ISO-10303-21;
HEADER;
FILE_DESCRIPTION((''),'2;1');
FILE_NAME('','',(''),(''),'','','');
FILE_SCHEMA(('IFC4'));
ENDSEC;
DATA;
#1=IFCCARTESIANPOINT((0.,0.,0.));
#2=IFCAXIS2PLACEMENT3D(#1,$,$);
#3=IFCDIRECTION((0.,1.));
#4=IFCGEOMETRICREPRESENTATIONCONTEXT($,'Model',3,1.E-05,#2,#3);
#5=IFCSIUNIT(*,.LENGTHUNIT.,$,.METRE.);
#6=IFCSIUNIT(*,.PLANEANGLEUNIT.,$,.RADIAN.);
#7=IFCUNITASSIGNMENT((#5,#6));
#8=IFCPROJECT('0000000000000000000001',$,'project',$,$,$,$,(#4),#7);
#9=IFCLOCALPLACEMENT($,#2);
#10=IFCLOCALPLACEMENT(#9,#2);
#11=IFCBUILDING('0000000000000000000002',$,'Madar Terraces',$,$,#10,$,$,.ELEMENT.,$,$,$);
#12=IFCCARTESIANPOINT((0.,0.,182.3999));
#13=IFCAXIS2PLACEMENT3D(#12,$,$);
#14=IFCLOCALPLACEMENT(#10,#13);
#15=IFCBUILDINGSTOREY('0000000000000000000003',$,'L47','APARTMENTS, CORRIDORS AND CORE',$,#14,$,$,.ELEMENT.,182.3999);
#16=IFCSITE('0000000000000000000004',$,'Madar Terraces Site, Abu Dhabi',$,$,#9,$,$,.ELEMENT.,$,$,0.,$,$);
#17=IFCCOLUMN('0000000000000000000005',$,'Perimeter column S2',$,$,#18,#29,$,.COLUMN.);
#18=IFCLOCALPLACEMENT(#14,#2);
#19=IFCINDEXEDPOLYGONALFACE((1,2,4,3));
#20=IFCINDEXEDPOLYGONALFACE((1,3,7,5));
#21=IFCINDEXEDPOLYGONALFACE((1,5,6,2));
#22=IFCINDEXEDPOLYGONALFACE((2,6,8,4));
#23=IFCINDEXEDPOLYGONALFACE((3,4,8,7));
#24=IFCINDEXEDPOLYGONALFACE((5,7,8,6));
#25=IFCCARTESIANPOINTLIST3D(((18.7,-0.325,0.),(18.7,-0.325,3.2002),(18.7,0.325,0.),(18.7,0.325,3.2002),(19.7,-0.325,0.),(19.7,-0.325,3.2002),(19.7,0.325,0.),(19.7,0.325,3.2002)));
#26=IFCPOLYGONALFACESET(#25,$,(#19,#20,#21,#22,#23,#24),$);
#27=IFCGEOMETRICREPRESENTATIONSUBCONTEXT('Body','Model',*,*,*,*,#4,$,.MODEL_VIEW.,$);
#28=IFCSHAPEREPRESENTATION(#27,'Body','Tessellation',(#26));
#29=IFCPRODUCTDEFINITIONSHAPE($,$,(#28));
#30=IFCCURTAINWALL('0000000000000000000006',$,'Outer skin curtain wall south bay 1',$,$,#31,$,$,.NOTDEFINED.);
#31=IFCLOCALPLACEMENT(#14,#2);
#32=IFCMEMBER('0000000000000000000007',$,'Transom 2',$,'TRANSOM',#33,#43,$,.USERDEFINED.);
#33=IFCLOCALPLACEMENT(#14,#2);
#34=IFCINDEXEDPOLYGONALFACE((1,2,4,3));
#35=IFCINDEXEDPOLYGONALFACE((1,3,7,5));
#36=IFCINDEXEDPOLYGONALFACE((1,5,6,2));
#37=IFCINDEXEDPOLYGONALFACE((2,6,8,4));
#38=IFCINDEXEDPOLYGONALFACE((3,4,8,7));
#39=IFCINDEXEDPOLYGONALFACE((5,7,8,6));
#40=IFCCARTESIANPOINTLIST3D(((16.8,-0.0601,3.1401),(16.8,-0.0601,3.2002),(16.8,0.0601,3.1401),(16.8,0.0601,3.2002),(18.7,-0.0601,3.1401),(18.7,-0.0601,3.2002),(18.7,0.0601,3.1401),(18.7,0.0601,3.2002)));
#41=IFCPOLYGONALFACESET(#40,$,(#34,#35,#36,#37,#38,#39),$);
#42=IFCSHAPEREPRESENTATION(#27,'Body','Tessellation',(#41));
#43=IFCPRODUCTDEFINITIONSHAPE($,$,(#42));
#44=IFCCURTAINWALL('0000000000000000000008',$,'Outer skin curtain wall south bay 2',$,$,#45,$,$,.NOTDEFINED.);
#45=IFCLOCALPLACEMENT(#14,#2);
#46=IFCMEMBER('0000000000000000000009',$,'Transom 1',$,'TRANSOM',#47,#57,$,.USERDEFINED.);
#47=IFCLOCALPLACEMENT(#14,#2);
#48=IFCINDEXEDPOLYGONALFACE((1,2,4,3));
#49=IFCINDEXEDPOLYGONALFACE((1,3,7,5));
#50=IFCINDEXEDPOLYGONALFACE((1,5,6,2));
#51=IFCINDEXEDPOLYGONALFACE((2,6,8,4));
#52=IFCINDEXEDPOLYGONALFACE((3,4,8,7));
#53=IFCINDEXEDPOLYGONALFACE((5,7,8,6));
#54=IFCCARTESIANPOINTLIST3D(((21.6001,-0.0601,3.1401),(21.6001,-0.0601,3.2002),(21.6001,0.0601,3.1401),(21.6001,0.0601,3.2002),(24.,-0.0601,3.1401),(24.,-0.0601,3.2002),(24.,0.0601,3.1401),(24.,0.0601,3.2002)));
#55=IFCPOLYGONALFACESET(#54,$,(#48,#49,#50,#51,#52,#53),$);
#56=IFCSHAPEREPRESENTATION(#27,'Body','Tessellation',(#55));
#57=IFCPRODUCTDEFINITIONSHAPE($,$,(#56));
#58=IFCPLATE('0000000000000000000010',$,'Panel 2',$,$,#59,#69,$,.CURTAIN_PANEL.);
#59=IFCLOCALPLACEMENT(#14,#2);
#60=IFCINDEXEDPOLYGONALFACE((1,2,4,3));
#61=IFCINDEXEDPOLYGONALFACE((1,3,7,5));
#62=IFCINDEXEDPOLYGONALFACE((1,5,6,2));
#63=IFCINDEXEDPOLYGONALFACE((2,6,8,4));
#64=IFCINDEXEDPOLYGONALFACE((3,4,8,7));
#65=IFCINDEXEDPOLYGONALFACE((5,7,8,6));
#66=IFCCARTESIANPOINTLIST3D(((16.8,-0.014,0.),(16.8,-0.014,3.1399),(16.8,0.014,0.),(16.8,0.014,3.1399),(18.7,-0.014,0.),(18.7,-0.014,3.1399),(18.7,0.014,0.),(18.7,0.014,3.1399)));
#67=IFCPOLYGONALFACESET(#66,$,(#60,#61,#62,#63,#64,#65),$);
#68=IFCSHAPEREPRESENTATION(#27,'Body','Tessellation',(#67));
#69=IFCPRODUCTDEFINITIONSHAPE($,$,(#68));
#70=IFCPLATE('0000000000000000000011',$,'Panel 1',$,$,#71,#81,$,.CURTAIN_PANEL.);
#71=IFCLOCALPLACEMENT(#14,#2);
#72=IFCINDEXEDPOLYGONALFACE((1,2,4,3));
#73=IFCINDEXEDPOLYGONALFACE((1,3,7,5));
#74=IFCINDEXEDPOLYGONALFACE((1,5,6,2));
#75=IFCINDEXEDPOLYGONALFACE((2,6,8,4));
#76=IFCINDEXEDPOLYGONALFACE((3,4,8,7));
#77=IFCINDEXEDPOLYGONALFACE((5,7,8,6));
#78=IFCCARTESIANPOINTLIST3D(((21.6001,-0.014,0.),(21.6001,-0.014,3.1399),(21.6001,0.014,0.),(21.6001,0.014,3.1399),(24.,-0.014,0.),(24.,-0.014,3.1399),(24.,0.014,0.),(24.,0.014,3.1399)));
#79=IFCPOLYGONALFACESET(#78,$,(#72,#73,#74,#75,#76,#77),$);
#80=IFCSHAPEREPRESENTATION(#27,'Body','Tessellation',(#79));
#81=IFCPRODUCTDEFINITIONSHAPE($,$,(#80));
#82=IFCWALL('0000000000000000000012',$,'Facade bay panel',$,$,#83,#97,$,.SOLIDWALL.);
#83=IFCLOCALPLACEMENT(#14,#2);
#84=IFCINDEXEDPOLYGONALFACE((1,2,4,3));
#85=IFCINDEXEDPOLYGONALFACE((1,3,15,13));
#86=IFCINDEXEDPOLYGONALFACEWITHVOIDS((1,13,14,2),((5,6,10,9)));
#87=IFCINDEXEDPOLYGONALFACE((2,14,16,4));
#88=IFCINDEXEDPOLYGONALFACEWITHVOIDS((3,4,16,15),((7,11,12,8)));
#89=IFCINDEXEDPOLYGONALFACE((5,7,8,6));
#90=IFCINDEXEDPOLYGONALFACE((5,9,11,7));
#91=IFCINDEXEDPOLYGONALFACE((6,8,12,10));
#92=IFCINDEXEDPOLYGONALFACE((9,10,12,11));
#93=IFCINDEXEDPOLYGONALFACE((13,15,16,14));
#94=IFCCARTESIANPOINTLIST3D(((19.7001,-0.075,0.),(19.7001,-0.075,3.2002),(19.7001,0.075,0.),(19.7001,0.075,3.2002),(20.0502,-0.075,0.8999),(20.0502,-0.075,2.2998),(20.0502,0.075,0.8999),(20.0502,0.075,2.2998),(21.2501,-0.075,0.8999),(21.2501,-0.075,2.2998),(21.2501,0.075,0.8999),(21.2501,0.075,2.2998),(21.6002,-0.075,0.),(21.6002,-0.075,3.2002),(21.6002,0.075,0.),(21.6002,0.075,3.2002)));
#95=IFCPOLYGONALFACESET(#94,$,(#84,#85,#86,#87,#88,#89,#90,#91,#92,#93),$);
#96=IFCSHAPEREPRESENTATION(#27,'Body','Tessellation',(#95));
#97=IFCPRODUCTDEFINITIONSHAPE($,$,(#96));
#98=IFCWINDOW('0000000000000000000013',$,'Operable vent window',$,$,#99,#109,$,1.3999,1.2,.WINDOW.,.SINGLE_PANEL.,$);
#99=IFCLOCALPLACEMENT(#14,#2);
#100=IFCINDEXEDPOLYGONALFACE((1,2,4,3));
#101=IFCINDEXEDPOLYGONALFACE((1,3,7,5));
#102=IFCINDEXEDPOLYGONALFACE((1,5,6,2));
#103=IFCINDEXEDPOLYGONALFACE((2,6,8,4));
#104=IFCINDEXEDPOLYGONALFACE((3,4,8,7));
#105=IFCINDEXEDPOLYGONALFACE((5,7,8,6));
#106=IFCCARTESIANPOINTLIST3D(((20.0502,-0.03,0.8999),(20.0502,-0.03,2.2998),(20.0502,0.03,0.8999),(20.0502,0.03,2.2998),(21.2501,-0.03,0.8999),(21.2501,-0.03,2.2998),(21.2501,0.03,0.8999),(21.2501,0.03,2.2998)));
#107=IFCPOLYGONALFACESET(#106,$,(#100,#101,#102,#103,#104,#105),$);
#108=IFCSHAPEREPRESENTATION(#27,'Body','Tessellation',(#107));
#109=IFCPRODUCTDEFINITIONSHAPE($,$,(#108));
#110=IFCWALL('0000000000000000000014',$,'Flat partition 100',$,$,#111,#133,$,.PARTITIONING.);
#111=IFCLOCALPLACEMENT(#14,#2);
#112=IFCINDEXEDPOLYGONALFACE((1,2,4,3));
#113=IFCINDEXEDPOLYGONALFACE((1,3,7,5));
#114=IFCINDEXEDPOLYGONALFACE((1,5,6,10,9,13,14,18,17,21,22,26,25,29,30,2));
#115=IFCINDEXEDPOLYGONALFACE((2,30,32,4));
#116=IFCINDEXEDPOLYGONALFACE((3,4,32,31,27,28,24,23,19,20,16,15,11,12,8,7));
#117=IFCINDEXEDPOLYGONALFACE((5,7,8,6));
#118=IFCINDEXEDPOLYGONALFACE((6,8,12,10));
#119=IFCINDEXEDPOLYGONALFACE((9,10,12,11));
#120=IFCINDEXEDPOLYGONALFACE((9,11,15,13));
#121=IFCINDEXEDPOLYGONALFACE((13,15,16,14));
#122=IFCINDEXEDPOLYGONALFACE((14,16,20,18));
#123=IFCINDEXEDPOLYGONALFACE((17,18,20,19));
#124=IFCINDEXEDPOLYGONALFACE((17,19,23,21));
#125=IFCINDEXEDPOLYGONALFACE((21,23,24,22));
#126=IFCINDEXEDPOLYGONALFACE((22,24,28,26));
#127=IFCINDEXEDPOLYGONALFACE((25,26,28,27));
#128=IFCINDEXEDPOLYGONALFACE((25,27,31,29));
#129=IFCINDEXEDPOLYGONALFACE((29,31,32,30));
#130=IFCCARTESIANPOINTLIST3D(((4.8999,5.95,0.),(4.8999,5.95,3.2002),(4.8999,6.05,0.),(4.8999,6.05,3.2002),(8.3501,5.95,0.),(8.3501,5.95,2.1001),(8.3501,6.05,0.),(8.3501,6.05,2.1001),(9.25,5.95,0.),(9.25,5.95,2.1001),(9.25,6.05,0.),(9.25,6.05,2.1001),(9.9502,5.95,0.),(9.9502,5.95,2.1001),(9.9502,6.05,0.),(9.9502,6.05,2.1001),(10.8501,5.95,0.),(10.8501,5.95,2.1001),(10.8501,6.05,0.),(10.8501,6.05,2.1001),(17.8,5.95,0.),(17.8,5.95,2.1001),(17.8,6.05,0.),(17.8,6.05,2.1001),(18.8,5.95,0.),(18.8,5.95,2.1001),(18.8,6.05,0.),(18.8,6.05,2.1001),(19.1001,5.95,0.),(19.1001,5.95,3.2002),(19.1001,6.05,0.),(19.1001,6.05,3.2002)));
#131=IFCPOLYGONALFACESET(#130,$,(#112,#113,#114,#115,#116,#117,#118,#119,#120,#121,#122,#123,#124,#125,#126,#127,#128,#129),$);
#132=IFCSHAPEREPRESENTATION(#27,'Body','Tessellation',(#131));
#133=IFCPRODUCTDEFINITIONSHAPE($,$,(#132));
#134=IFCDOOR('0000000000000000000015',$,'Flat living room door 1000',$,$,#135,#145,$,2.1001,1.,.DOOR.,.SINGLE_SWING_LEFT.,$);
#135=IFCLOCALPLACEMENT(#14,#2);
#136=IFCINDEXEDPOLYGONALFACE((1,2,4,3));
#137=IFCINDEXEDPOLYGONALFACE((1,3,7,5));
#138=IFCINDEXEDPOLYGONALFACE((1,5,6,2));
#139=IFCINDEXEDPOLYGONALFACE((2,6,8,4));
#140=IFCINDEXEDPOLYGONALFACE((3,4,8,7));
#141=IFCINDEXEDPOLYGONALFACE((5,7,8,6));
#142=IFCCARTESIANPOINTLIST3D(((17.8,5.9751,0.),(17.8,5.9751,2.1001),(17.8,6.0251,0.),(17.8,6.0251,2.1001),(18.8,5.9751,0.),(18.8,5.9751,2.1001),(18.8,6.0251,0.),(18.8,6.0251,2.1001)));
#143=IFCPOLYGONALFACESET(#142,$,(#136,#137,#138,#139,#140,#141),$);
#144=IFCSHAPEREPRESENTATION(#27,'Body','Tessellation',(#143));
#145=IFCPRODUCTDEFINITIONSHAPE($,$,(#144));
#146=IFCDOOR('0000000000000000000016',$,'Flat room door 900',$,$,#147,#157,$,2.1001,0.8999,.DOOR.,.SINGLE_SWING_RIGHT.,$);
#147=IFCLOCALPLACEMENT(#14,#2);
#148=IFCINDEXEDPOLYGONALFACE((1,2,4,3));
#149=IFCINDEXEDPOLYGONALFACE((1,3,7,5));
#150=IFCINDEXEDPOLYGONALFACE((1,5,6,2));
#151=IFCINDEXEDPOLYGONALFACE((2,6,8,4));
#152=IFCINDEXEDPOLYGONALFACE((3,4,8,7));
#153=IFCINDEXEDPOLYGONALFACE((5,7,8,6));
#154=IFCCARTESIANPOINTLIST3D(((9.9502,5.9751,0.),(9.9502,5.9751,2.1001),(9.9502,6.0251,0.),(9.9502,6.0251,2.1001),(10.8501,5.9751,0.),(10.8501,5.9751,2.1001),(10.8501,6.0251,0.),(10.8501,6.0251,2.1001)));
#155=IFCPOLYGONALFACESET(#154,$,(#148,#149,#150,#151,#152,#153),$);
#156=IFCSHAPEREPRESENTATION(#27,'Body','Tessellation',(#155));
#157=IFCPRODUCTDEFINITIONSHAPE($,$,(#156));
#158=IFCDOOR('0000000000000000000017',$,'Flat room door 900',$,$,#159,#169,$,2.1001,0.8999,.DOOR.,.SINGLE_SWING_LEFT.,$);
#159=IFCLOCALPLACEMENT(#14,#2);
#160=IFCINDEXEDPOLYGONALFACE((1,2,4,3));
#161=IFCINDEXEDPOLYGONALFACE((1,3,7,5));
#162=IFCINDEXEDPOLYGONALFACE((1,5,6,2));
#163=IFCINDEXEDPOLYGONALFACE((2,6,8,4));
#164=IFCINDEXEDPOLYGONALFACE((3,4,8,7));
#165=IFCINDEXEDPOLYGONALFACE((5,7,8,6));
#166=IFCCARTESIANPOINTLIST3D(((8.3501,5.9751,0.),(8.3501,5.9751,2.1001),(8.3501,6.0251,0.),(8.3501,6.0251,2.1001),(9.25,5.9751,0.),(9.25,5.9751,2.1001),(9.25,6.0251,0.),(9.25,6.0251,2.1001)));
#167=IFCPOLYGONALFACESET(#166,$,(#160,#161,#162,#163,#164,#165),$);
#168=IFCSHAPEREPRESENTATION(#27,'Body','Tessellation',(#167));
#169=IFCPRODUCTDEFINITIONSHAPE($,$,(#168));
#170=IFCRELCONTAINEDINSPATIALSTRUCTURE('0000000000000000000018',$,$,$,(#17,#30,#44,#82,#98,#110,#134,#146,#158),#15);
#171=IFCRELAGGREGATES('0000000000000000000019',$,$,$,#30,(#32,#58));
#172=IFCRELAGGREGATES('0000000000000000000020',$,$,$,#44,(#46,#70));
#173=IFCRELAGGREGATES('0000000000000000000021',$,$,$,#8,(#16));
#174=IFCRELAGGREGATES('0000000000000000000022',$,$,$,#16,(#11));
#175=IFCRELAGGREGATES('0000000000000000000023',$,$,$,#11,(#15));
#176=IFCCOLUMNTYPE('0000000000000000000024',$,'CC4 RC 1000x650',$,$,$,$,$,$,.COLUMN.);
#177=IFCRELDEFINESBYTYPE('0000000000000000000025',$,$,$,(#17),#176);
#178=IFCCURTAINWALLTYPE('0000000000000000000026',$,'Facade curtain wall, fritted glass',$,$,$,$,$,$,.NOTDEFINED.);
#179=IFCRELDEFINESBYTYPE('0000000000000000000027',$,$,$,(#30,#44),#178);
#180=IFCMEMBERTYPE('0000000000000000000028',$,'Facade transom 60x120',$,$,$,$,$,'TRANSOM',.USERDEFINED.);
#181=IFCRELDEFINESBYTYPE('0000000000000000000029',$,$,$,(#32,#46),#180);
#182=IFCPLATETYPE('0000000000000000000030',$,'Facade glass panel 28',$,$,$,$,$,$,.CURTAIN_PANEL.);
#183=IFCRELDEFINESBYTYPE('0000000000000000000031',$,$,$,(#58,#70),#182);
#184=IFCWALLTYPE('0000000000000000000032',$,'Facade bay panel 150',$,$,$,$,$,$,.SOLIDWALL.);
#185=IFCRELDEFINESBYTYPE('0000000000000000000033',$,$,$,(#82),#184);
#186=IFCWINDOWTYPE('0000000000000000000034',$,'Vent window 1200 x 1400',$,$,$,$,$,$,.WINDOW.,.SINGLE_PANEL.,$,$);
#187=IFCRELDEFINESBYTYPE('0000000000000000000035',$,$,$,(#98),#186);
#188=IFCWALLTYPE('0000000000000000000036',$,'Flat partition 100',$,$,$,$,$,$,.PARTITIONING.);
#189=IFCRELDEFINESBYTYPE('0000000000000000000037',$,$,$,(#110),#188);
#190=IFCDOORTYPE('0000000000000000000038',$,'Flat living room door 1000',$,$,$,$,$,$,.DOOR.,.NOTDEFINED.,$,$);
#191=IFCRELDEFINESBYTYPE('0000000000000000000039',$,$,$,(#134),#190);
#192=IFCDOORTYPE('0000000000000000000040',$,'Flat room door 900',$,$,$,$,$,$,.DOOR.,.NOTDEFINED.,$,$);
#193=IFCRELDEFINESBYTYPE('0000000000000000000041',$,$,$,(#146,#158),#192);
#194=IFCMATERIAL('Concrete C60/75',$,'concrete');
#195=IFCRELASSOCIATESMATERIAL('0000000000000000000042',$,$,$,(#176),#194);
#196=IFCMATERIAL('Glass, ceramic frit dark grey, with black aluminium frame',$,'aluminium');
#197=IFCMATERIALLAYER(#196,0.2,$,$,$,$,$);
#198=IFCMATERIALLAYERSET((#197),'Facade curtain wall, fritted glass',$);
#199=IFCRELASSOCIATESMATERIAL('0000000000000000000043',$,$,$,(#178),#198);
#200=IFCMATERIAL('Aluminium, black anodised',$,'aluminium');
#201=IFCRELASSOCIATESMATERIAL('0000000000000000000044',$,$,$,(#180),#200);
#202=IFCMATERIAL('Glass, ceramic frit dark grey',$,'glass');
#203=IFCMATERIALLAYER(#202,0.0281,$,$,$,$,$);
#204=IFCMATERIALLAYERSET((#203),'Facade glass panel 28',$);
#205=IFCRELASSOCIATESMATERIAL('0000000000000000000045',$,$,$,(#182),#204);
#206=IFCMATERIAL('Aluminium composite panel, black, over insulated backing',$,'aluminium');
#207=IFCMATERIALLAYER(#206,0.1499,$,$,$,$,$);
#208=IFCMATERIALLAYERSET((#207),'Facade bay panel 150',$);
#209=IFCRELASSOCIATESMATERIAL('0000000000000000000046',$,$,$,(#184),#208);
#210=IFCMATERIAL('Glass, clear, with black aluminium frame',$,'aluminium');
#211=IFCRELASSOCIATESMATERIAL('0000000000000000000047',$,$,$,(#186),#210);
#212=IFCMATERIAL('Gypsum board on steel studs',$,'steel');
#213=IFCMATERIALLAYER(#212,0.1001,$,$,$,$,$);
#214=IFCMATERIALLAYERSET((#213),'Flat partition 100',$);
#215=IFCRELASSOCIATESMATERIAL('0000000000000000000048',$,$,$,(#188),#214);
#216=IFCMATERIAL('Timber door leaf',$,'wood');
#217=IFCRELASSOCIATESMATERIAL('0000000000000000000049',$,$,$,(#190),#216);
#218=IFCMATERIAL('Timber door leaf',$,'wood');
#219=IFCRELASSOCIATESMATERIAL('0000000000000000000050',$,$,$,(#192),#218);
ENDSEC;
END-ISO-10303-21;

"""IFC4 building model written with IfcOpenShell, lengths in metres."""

from ifc_helpers import new_model, si_unit, direction, frame, frame_2d, origin, origin_2d, place, context, subcontext, project, spatial, rectangle, extrude, material, layer, layer_set, material_profile, profile_set, type_object, element, fill, aggregate, save


model = new_model("IFC4")

# Units and contexts
model_context = context("Model", 3, precision=1e-05, world=origin(), true_north=direction((0.0, 1.0)))
body_context = subcontext(model_context, "Body", "Model", "MODEL_VIEW")
ifc_project = project(units=[si_unit("LENGTHUNIT", "METRE"), si_unit("PLANEANGLEUNIT", "RADIAN")], contexts=[model_context])

# Site, building, storey
site_placement = place(None, origin())
site = spatial("IfcSite", under=ifc_project, at=site_placement, Name="Madar Terraces Site, Abu Dhabi", CompositionType="ELEMENT", RefElevation=0.0)
building_placement = place(site_placement, origin())
building = spatial("IfcBuilding", under=site, at=building_placement, Name="Madar Terraces", CompositionType="ELEMENT")
storey_placement = place(building_placement, frame((0.0, 0.0, 182.3999)))
storey = spatial("IfcBuildingStorey", under=building, at=storey_placement, Name="L47", Description="APARTMENTS, CORRIDORS AND CORE", CompositionType="ELEMENT", Elevation=182.3999)

# Column
ifc_material_1 = material(Name="Concrete C60/75", Category="concrete")
ifc_material_profile_1 = material_profile(ifc_material_1, rectangle(XDim=1.0, YDim=0.6499, at=origin_2d()), Name="CC4 RC 1000x650")
ifc_profile_set_1 = profile_set([ifc_material_profile_1], Name="Concrete C60/75")
column_type = type_object("IfcColumnType", Name="CC4 RC 1000x650", PredefinedType="COLUMN", material=ifc_profile_set_1)
column_placement = place(storey_placement, frame((19.2, 0.0, 0.0), z_axis=(0.0, 0.0, 1.0), x_axis=(1.0, 0.0, 0.0)))
element("IfcColumn", 1, at=column_placement, inside=storey, type_object=column_type, Name="Perimeter column S2", PredefinedType="COLUMN", context=body_context, shape_type="SweptSolid", body=[
    extrude(rectangle(XDim=1.0, YDim=0.6499, at=origin_2d()), origin(), (0.0, 0.0, 1.0), 3.2002),
])

# Curtain walls, members
ifc_material_2 = material(Name="Glass, ceramic frit dark grey, with black aluminium frame", Category="aluminium")
ifc_layer_1 = layer(ifc_material_2, 0.2)
ifc_layer_set_1 = layer_set([ifc_layer_1], Name="Facade curtain wall, fritted glass")
curtain_wall_type = type_object("IfcCurtainWallType", Name="Facade curtain wall, fritted glass", PredefinedType="NOTDEFINED", material=ifc_layer_set_1)
curtain_wall_1_placement = place(storey_placement, origin())
curtain_wall_1 = element("IfcCurtainWall", 2, at=curtain_wall_1_placement, inside=storey, type_object=curtain_wall_type, Name="Outer skin curtain wall south bay 1", PredefinedType="NOTDEFINED")
ifc_material_3 = material(Name="Aluminium, black anodised", Category="aluminium")
ifc_material_profile_2 = material_profile(ifc_material_3, rectangle(XDim=0.1201, YDim=0.0601, at=origin_2d()), Name="Facade transom 60x120")
ifc_profile_set_2 = profile_set([ifc_material_profile_2], Name="Aluminium, black anodised")
member_type = type_object("IfcMemberType", Name="Facade transom 60x120", ElementType="TRANSOM", PredefinedType="USERDEFINED", material=ifc_profile_set_2)
member_1_placement = place(storey_placement, frame((16.8, 0.0, 3.1702), z_axis=(1.0, 0.0, 0.0), x_axis=(0.0, 1.0, 0.0)))
member_1 = element("IfcMember", 3, at=member_1_placement, type_object=member_type, Name="Transom 2", ObjectType="TRANSOM", PredefinedType="USERDEFINED", context=body_context, shape_type="SweptSolid", body=[
    extrude(rectangle(XDim=0.1201, YDim=0.0601, at=origin_2d()), origin(), (0.0, 0.0, 1.0), 1.8999),
])
curtain_wall_2_placement = place(storey_placement, origin())
curtain_wall_2 = element("IfcCurtainWall", 4, at=curtain_wall_2_placement, inside=storey, type_object=curtain_wall_type, Name="Outer skin curtain wall south bay 2", PredefinedType="NOTDEFINED")
member_2_placement = place(storey_placement, frame((21.6001, 0.0, 3.1702), z_axis=(1.0, 0.0, 0.0), x_axis=(0.0, 1.0, 0.0)))
member_2 = element("IfcMember", 5, at=member_2_placement, type_object=member_type, Name="Transom 1", ObjectType="TRANSOM", PredefinedType="USERDEFINED", context=body_context, shape_type="SweptSolid", body=[
    extrude(rectangle(XDim=0.1201, YDim=0.0601, at=origin_2d()), origin(), (0.0, 0.0, 1.0), 2.3999),
])

# Plates
ifc_material_4 = material(Name="Glass, ceramic frit dark grey", Category="glass")
ifc_layer_2 = layer(ifc_material_4, 0.0281)
ifc_layer_set_2 = layer_set([ifc_layer_2], Name="Facade glass panel 28")
plate_type = type_object("IfcPlateType", Name="Facade glass panel 28", PredefinedType="CURTAIN_PANEL", material=ifc_layer_set_2)
plate_1_placement = place(storey_placement, frame((17.75, 0.0, 0.0), z_axis=(0.0, 0.0, 1.0), x_axis=(1.0, 0.0, 0.0)))
plate_1 = element("IfcPlate", 6, at=plate_1_placement, type_object=plate_type, Name="Panel 2", PredefinedType="CURTAIN_PANEL", context=body_context, shape_type="SweptSolid", body=[
    extrude(rectangle(XDim=1.8999, YDim=0.0281, at=origin_2d()), origin(), (0.0, 0.0, 1.0), 3.1399),
])
aggregate(curtain_wall_1, [member_1, plate_1])
plate_2_placement = place(storey_placement, frame((22.8, 0.0, 0.0), z_axis=(0.0, 0.0, 1.0), x_axis=(1.0, 0.0, 0.0)))
plate_2 = element("IfcPlate", 7, at=plate_2_placement, type_object=plate_type, Name="Panel 1", PredefinedType="CURTAIN_PANEL", context=body_context, shape_type="SweptSolid", body=[
    extrude(rectangle(XDim=2.3999, YDim=0.0281, at=origin_2d()), origin(), (0.0, 0.0, 1.0), 3.1399),
])
aggregate(curtain_wall_2, [member_2, plate_2])

# Wall, opening, window
ifc_material_5 = material(Name="Aluminium composite panel, black, over insulated backing", Category="aluminium")
ifc_layer_3 = layer(ifc_material_5, 0.1499)
ifc_layer_set_3 = layer_set([ifc_layer_3], Name="Facade bay panel 150")
wall_type_1 = type_object("IfcWallType", Name="Facade bay panel 150", PredefinedType="SOLIDWALL", material=ifc_layer_set_3)
wall_1_placement = place(storey_placement, frame((19.7, 0.0, 0.0), z_axis=(0.0, 0.0, 1.0), x_axis=(1.0, 0.0, 0.0)))
wall_1 = element("IfcWall", 8, at=wall_1_placement, inside=storey, type_object=wall_type_1, Name="Facade bay panel", PredefinedType="SOLIDWALL", context=body_context, shape_type="SweptSolid", body=[
    extrude(rectangle(XDim=1.9001, YDim=0.1499, at=frame_2d((0.9502, 0.0))), origin(), (0.0, 0.0, 1.0), 3.2002),
])
opening_1_placement = place(wall_1_placement, frame((0.3501, 0.0, 0.8999)))
opening_1 = element("IfcOpeningElement", 9, at=opening_1_placement, cuts=wall_1, PredefinedType="OPENING", context=body_context, shape_type="SweptSolid", body=[
    extrude(rectangle(XDim=1.2, YDim=1.3999, at=frame_2d((0.6001, 0.7))), frame((0.0, 0.085, 0.0), z_axis=(0.0, -1.0, 0.0), x_axis=(1.0, 0.0, 0.0)), (0.0, 0.0, 1.0), 0.1699),
])
ifc_material_6 = material(Name="Glass, clear, with black aluminium frame", Category="aluminium")
window_type = type_object("IfcWindowType", Name="Vent window 1200 x 1400", PartitioningType="SINGLE_PANEL", PredefinedType="WINDOW", material=ifc_material_6)
window_placement = place(opening_1_placement, origin())
window = element("IfcWindow", 10, at=window_placement, inside=storey, type_object=window_type, Name="Operable vent window", OverallHeight=1.3999, OverallWidth=1.2, PartitioningType="SINGLE_PANEL", PredefinedType="WINDOW", context=body_context, shape_type="SweptSolid", body=[
    extrude(rectangle(XDim=1.2, YDim=1.3999, at=frame_2d((0.6001, 0.7))), frame((0.0, 0.03, 0.0), z_axis=(0.0, -1.0, 0.0), x_axis=(1.0, 0.0, 0.0)), (0.0, 0.0, 1.0), 0.0601),
])
fill(opening_1, window)

# Wall, openings, doors
ifc_material_7 = material(Name="Gypsum board on steel studs", Category="steel")
ifc_layer_4 = layer(ifc_material_7, 0.1001)
ifc_layer_set_4 = layer_set([ifc_layer_4], Name="Flat partition 100")
wall_type_2 = type_object("IfcWallType", Name="Flat partition 100", PredefinedType="PARTITIONING", material=ifc_layer_set_4)
wall_2_placement = place(storey_placement, frame((19.1001, 6.0, 0.0), z_axis=(0.0, 0.0, 1.0), x_axis=(-1.0, 0.0, 0.0)))
wall_2 = element("IfcWall", 11, at=wall_2_placement, inside=storey, type_object=wall_type_2, Name="Flat partition 100", PredefinedType="PARTITIONING", context=body_context, shape_type="SweptSolid", body=[
    extrude(rectangle(XDim=14.2002, YDim=0.1001, at=frame_2d((7.1001, 0.0))), origin(), (0.0, 0.0, 1.0), 3.2002),
])
opening_2_placement = place(wall_2_placement, frame((0.3, 0.0, 0.0)))
opening_2 = element("IfcOpeningElement", 12, at=opening_2_placement, cuts=wall_2, PredefinedType="OPENING", context=body_context, shape_type="SweptSolid", body=[
    extrude(rectangle(XDim=1.0, YDim=2.1001, at=frame_2d((0.5, 1.05))), frame((0.0, 0.0601, 0.0), z_axis=(0.0, -1.0, 0.0), x_axis=(1.0, 0.0, 0.0)), (0.0, 0.0, 1.0), 0.1201),
])
opening_3_placement = place(wall_2_placement, frame((8.25, 0.0, 0.0)))
opening_3 = element("IfcOpeningElement", 13, at=opening_3_placement, cuts=wall_2, PredefinedType="OPENING", context=body_context, shape_type="SweptSolid", body=[
    extrude(rectangle(XDim=0.8999, YDim=2.1001, at=frame_2d((0.45, 1.05))), frame((0.0, 0.0601, 0.0), z_axis=(0.0, -1.0, 0.0), x_axis=(1.0, 0.0, 0.0)), (0.0, 0.0, 1.0), 0.1201),
])
opening_4_placement = place(wall_2_placement, frame((9.8501, 0.0, 0.0)))
opening_4 = element("IfcOpeningElement", 14, at=opening_4_placement, cuts=wall_2, PredefinedType="OPENING", context=body_context, shape_type="SweptSolid", body=[
    extrude(rectangle(XDim=0.8999, YDim=2.1001, at=frame_2d((0.45, 1.05))), frame((0.0, 0.0601, 0.0), z_axis=(0.0, -1.0, 0.0), x_axis=(1.0, 0.0, 0.0)), (0.0, 0.0, 1.0), 0.1201),
])
ifc_material_8 = material(Name="Timber door leaf", Category="wood")
door_type_1 = type_object("IfcDoorType", Name="Flat living room door 1000", OperationType="NOTDEFINED", PredefinedType="DOOR", material=ifc_material_8)
door_1_placement = place(opening_2_placement, origin())
door_1 = element("IfcDoor", 15, at=door_1_placement, inside=storey, type_object=door_type_1, Name="Flat living room door 1000", OperationType="SINGLE_SWING_LEFT", OverallHeight=2.1001, OverallWidth=1.0, PredefinedType="DOOR", context=body_context, shape_type="SweptSolid", body=[
    extrude(rectangle(XDim=1.0, YDim=2.1001, at=frame_2d((0.5, 1.05))), frame((0.0, 0.0249, 0.0), z_axis=(0.0, -1.0, 0.0), x_axis=(1.0, 0.0, 0.0)), (0.0, 0.0, 1.0), 0.05),
])
fill(opening_2, door_1)
ifc_material_9 = material(Name="Timber door leaf", Category="wood")
door_type_2 = type_object("IfcDoorType", Name="Flat room door 900", OperationType="NOTDEFINED", PredefinedType="DOOR", material=ifc_material_9)
door_2_placement = place(opening_3_placement, origin())
door_2 = element("IfcDoor", 16, at=door_2_placement, inside=storey, type_object=door_type_2, Name="Flat room door 900", OperationType="SINGLE_SWING_RIGHT", OverallHeight=2.1001, OverallWidth=0.8999, PredefinedType="DOOR", context=body_context, shape_type="SweptSolid", body=[
    extrude(rectangle(XDim=0.8999, YDim=2.1001, at=frame_2d((0.45, 1.05))), frame((0.0, 0.0249, 0.0), z_axis=(0.0, -1.0, 0.0), x_axis=(1.0, 0.0, 0.0)), (0.0, 0.0, 1.0), 0.05),
])
fill(opening_3, door_2)
door_3_placement = place(opening_4_placement, origin())
door_3 = element("IfcDoor", 17, at=door_3_placement, inside=storey, type_object=door_type_2, Name="Flat room door 900", OperationType="SINGLE_SWING_LEFT", OverallHeight=2.1001, OverallWidth=0.8999, PredefinedType="DOOR", context=body_context, shape_type="SweptSolid", body=[
    extrude(rectangle(XDim=0.8999, YDim=2.1001, at=frame_2d((0.45, 1.05))), frame((0.0, 0.0249, 0.0), z_axis=(0.0, -1.0, 0.0), x_axis=(1.0, 0.0, 0.0)), (0.0, 0.0, 1.0), 0.05),
])
fill(opening_4, door_3)

save(model, "model.ifc")
